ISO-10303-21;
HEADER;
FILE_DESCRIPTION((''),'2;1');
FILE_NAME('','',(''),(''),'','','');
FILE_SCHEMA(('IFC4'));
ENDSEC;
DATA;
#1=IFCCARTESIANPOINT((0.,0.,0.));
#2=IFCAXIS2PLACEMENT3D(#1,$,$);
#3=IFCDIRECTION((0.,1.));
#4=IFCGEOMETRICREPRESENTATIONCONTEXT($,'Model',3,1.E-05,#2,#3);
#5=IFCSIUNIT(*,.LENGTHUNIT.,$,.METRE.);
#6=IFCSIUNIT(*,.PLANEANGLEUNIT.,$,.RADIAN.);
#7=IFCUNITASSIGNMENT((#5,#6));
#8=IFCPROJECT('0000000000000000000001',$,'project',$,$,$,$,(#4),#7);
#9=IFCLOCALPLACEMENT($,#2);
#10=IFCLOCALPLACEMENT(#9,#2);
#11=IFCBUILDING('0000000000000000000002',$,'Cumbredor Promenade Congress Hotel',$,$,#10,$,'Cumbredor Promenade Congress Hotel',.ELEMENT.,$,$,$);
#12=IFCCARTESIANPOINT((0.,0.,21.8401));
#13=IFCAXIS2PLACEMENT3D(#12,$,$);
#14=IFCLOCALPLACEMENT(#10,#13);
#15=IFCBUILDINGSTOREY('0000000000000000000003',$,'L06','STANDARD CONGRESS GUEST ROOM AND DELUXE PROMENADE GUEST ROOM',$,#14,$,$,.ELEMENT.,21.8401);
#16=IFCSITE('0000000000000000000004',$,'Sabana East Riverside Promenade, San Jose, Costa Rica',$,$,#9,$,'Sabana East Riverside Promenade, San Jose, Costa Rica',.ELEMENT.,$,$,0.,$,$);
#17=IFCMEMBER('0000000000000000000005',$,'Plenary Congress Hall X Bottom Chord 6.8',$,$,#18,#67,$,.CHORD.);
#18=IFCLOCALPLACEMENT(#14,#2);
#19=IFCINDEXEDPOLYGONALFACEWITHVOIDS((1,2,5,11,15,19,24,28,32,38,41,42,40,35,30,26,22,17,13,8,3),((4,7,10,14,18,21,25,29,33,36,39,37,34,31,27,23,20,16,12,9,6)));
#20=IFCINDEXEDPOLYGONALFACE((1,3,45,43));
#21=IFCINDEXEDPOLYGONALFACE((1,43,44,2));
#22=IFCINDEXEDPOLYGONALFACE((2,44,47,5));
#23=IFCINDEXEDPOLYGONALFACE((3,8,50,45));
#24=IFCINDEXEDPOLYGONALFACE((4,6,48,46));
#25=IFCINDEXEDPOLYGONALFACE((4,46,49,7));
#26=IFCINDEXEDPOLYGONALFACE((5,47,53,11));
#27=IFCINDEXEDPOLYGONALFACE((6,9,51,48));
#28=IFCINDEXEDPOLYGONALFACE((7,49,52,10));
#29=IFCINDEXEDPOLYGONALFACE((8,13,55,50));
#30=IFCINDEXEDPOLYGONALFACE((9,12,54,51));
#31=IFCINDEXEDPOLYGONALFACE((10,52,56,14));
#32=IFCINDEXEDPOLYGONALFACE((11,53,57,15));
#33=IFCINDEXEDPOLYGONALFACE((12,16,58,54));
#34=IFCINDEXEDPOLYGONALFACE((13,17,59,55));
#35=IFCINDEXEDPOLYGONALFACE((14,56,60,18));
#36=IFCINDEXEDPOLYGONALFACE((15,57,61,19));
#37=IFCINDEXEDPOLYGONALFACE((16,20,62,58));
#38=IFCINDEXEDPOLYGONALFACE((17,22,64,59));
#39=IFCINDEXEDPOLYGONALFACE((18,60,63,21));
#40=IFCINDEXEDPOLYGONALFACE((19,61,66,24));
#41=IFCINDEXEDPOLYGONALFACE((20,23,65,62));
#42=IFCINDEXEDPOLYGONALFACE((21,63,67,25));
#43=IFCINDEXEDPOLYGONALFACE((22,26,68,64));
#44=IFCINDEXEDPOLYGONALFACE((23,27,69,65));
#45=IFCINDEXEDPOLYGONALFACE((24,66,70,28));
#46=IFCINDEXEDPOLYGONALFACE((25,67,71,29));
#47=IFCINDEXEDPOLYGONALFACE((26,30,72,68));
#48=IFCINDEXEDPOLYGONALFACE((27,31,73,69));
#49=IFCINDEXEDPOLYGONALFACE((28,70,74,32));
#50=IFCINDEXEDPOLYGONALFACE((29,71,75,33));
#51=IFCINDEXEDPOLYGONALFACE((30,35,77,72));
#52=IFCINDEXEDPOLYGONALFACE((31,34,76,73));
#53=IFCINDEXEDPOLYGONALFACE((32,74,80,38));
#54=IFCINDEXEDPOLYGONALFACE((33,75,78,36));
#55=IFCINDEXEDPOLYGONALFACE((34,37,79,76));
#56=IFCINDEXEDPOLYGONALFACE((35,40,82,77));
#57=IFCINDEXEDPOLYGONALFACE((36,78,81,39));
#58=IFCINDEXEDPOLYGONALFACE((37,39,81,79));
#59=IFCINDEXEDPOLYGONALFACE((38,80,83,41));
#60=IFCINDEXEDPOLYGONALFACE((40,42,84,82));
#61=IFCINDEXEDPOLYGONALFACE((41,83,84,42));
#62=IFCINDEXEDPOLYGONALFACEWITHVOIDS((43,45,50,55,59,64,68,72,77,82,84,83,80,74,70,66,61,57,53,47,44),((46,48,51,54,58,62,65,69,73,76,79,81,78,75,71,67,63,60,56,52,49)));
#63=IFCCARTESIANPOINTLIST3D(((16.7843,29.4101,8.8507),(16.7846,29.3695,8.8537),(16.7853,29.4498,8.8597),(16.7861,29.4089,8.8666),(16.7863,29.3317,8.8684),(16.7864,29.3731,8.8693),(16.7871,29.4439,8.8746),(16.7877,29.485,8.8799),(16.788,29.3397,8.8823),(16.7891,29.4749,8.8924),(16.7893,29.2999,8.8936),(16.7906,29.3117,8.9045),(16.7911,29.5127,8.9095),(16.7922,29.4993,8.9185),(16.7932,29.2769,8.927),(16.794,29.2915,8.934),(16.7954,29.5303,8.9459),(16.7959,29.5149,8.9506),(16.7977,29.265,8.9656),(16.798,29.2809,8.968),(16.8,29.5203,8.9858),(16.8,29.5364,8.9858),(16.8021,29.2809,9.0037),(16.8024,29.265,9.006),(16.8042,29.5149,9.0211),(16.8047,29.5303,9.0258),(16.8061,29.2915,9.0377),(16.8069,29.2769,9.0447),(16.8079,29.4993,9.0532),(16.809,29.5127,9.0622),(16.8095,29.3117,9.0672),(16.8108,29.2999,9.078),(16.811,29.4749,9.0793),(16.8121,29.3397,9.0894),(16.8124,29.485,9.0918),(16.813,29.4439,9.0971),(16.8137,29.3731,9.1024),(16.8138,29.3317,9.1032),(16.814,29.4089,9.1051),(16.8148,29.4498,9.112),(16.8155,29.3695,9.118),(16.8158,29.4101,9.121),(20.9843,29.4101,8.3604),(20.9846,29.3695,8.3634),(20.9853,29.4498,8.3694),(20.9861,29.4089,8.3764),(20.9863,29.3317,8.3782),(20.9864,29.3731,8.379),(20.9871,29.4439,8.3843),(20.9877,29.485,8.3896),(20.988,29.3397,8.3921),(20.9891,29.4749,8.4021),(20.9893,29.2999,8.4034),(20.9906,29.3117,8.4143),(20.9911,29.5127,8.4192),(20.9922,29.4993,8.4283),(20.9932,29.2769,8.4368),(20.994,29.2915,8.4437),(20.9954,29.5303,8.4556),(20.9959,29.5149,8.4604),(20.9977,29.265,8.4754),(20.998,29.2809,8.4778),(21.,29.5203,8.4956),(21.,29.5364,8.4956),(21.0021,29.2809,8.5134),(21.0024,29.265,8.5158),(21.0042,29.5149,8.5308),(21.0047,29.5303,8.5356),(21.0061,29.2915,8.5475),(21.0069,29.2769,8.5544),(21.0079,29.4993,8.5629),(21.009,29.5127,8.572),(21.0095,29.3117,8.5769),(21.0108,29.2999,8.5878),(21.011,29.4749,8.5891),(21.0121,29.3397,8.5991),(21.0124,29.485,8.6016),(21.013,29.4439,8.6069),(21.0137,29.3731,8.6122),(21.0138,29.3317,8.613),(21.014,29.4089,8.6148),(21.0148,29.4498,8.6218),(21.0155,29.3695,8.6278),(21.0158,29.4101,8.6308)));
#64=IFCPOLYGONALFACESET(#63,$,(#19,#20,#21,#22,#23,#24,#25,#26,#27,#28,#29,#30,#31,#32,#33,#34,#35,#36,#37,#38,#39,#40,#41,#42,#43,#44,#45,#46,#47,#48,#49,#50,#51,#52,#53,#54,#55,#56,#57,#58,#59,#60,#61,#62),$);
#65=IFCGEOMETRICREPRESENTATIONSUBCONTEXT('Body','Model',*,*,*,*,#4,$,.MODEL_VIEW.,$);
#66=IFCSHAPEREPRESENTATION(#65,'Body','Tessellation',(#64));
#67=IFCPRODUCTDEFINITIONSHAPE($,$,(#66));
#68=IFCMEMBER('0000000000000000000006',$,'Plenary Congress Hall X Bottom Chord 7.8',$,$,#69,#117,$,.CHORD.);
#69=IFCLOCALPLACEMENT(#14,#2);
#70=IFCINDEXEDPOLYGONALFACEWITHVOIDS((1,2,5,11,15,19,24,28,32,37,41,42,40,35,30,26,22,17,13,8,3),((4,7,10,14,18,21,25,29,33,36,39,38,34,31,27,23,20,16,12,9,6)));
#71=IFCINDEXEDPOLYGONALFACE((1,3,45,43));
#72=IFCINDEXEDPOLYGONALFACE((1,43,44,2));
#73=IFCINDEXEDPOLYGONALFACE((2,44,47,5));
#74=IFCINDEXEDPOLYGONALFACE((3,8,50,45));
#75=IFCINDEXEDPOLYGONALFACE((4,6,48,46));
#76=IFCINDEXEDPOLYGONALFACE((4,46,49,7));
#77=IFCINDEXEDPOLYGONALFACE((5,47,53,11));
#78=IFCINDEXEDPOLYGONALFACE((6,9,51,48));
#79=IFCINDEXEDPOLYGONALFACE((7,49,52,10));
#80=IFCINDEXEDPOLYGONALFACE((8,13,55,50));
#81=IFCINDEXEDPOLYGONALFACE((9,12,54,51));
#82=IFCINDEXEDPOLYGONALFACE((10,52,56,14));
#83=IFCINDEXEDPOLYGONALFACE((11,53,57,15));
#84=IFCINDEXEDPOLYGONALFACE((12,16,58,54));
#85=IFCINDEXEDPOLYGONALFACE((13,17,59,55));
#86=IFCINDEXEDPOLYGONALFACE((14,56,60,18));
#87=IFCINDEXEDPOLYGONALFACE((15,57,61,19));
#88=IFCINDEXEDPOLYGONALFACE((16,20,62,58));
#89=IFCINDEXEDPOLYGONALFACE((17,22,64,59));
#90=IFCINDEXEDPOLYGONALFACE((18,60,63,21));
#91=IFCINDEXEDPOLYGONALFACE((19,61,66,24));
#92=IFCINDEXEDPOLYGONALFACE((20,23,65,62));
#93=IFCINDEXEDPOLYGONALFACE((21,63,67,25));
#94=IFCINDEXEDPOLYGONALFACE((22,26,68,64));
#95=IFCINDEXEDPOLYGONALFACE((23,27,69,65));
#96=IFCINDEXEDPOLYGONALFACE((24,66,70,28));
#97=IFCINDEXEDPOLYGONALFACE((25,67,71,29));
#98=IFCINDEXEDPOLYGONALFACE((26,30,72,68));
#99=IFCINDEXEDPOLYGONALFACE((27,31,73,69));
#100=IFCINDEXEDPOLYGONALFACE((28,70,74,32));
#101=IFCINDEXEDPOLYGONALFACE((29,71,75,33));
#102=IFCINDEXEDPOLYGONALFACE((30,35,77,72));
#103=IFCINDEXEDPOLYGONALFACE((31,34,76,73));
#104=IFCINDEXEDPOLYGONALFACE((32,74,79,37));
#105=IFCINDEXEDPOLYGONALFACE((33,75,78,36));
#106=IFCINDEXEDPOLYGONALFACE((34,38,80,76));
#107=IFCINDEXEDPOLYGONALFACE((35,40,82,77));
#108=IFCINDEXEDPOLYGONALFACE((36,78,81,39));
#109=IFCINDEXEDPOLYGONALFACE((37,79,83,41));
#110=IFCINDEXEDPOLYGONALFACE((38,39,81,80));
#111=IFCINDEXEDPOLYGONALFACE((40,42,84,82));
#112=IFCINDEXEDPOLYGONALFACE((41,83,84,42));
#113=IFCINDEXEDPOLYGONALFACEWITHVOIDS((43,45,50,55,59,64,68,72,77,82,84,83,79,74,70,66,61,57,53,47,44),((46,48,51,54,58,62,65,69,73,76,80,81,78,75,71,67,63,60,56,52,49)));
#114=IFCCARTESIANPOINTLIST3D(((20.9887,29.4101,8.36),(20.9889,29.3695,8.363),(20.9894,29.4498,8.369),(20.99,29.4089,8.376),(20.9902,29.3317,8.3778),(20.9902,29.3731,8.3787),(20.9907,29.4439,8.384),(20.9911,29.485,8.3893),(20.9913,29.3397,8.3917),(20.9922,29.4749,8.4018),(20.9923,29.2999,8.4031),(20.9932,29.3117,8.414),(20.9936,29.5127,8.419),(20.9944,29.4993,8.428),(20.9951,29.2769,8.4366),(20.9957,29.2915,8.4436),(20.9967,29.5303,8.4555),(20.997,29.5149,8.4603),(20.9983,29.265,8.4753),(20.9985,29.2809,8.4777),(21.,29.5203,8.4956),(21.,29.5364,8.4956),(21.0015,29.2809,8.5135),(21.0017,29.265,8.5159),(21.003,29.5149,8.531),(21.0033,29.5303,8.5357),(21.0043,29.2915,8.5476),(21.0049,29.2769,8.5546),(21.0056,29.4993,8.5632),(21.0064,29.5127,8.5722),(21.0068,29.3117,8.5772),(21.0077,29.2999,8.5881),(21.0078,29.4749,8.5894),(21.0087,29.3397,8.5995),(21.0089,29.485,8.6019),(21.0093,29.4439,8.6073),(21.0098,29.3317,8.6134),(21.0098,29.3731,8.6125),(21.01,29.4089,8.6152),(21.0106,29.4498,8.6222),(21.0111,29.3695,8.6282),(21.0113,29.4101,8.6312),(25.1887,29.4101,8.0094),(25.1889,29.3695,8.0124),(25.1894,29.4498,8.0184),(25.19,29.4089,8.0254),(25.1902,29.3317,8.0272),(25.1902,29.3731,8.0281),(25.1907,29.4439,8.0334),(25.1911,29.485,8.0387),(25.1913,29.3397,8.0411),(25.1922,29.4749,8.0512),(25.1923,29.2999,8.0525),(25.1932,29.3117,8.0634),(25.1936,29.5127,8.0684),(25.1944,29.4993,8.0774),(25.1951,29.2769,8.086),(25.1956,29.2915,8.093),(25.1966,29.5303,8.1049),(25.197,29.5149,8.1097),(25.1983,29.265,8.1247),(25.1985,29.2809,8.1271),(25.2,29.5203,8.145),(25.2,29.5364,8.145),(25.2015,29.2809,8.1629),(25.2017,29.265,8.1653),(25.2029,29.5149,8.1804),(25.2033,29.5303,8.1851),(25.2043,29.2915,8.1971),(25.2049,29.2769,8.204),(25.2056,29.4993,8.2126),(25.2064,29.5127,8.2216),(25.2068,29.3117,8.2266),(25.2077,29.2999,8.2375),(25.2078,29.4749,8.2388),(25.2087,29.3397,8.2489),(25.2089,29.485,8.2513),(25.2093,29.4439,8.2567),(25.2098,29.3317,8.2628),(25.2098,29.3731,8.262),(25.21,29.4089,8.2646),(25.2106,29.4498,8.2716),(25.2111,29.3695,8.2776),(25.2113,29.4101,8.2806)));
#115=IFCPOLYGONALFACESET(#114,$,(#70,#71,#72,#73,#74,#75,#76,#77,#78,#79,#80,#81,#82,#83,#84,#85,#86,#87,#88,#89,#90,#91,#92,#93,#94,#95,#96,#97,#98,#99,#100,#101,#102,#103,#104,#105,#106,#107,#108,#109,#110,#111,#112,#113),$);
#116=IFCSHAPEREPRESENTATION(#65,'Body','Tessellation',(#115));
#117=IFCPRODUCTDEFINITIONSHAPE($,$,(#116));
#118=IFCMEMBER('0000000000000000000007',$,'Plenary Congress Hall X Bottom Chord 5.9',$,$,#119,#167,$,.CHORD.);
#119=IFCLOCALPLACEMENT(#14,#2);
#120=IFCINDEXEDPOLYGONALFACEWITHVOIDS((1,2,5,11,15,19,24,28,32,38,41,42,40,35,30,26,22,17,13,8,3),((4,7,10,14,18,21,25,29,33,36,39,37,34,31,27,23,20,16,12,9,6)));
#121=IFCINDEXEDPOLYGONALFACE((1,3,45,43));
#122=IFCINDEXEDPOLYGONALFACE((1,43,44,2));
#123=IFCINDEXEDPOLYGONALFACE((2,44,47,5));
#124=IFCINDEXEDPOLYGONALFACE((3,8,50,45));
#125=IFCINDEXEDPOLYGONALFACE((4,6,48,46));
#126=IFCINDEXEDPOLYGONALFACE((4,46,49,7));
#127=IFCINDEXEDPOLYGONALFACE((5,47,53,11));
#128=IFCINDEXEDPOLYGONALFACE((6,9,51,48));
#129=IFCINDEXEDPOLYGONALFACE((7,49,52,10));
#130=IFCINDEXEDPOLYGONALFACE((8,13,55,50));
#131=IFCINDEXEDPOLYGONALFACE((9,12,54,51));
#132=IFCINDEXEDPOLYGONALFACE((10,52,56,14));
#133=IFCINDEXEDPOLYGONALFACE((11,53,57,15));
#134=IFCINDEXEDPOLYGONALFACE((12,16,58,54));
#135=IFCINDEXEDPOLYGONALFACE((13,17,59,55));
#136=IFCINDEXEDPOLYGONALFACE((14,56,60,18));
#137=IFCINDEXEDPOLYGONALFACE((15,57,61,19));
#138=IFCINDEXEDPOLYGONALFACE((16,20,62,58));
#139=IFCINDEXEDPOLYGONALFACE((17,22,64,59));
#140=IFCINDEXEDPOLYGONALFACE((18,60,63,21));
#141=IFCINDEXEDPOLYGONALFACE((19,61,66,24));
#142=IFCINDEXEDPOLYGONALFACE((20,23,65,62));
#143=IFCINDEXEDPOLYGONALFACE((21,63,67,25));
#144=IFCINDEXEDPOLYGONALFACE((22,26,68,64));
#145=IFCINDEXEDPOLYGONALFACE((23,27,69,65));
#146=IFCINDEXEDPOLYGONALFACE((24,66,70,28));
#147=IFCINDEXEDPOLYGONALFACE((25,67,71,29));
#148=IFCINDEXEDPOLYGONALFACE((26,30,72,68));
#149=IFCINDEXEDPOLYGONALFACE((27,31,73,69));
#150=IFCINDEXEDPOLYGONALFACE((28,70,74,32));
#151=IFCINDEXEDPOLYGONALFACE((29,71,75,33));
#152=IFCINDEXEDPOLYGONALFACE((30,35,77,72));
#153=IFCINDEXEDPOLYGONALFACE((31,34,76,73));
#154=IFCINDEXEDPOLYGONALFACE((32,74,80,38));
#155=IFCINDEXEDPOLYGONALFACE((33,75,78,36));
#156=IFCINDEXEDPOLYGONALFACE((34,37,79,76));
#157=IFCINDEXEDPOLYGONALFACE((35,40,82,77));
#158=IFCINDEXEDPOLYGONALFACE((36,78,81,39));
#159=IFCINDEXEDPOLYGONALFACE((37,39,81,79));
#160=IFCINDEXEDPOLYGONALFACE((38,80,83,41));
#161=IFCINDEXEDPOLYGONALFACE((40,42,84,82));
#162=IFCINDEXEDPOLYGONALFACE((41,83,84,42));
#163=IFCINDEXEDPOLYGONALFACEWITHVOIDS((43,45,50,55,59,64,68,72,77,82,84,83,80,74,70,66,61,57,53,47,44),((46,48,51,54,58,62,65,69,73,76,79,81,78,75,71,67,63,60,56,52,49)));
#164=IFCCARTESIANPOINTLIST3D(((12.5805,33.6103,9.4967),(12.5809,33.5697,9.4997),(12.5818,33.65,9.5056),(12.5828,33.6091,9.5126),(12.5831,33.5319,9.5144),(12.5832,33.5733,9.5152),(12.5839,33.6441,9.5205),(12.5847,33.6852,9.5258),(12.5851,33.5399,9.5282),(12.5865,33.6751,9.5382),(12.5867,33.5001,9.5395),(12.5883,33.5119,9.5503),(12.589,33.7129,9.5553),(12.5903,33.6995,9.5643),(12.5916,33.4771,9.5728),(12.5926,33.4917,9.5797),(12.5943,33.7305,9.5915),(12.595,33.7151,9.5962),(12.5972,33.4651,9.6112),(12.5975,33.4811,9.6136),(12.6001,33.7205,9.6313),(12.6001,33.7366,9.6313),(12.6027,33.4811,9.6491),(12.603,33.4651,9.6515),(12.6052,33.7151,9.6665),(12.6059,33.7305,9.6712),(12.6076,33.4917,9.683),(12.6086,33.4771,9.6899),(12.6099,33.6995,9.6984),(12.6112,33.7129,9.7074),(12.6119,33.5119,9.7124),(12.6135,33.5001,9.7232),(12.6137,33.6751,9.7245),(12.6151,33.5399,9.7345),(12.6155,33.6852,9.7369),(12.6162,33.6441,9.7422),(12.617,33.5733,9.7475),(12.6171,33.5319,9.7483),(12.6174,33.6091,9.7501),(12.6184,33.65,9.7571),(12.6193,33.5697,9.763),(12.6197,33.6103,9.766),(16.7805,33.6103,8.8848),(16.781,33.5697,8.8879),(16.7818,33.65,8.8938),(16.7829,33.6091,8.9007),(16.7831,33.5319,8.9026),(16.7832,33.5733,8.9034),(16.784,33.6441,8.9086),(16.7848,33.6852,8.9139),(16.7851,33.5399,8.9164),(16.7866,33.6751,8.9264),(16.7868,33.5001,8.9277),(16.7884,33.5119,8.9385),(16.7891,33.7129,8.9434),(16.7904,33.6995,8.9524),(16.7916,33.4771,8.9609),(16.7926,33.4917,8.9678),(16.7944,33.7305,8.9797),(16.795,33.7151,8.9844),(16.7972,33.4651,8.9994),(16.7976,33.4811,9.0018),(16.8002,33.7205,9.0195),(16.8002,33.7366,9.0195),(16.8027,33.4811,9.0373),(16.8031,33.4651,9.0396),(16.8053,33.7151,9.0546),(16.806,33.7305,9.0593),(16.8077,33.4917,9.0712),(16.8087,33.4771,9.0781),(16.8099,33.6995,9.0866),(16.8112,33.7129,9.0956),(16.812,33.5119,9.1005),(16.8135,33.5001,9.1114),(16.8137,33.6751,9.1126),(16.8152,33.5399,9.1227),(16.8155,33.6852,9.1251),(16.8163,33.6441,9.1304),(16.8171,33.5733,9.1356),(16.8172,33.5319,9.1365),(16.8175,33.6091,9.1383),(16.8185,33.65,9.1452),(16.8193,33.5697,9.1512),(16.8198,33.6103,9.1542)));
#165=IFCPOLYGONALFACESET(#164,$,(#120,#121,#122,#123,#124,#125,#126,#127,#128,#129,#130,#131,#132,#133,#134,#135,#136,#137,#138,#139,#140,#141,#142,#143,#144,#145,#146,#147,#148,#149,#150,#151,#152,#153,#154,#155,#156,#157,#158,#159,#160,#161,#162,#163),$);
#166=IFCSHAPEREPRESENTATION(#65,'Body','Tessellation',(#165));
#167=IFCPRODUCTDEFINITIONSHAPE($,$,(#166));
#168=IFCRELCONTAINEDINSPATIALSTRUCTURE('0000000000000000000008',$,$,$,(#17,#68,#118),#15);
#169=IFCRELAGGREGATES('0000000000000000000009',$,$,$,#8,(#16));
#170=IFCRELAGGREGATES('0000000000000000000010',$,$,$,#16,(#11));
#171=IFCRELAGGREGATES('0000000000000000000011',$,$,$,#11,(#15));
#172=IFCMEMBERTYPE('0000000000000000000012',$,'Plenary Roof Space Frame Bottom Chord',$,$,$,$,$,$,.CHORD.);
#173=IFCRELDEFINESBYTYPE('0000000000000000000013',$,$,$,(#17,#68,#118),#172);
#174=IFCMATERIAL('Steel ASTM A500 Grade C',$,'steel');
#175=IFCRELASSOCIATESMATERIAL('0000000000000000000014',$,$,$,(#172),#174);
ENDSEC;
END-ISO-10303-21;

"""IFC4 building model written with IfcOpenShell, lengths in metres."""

from ifc_helpers import new_model, si_unit, direction, frame, origin, origin_2d, place, context, subcontext, project, spatial, hollow_circle, extrude, material, material_profile, profile_set, type_object, element, save


model = new_model("IFC4")

# Units and contexts
model_context = context("Model", 3, precision=1e-05, world=origin(), true_north=direction((0.0, 1.0)))
body_context = subcontext(model_context, "Body", "Model", "MODEL_VIEW")
ifc_project = project(units=[si_unit("LENGTHUNIT", "METRE"), si_unit("PLANEANGLEUNIT", "RADIAN")], contexts=[model_context])

# Site, building, storey
site_placement = place(None, origin())
site = spatial("IfcSite", under=ifc_project, at=site_placement, Name="Sabana East Riverside Promenade, San Jose, Costa Rica", LongName="Sabana East Riverside Promenade, San Jose, Costa Rica", CompositionType="ELEMENT", RefElevation=0.0)
building_placement = place(site_placement, origin())
building = spatial("IfcBuilding", under=site, at=building_placement, Name="Cumbredor Promenade Congress Hotel", LongName="Cumbredor Promenade Congress Hotel", CompositionType="ELEMENT")
storey_placement = place(building_placement, frame((0.0, 0.0, 21.8401)))
storey = spatial("IfcBuildingStorey", under=building, at=storey_placement, Name="L06", Description="STANDARD CONGRESS GUEST ROOM AND DELUXE PROMENADE GUEST ROOM", CompositionType="ELEMENT", Elevation=21.8401)

# Members
ifc_material_1 = material(Name="Steel ASTM A500 Grade C", Category="steel")
ifc_material_profile_1 = material_profile(ifc_material_1, hollow_circle(Radius=0.1365, WallThickness=0.0161, at=origin_2d()), Name="CHS 273.0x16")
ifc_profile_set_1 = profile_set([ifc_material_profile_1], Name="Steel ASTM A500 Grade C")
member_type_1 = type_object("IfcMemberType", Name="Plenary Roof Space Frame Bottom Chord", PredefinedType="CHORD", material=ifc_profile_set_1)
member_1_placement = place(storey_placement, frame((16.8, 29.3999, 8.9858), z_axis=(0.993257, 0.0, -0.115937), x_axis=(0.0, 1.0, 0.0)))
element("IfcMember", 1, at=member_1_placement, inside=storey, type_object=member_type_1, Name="Plenary Congress Hall X Bottom Chord 6.8", PredefinedType="CHORD", context=body_context, shape_type="SweptSolid", body=[
    extrude(hollow_circle(Radius=0.1365, WallThickness=0.0161, at=origin_2d()), origin(), (0.0, 0.0, 1.0), 4.2285),
])
member_2_placement = place(storey_placement, frame((21.0, 29.3999, 8.4956), z_axis=(0.996534, 0.0, -0.083185), x_axis=(0.0, 1.0, 0.0)))
element("IfcMember", 2, at=member_2_placement, inside=storey, type_object=member_type_1, Name="Plenary Congress Hall X Bottom Chord 7.8", PredefinedType="CHORD", context=body_context, shape_type="SweptSolid", body=[
    extrude(hollow_circle(Radius=0.1365, WallThickness=0.0161, at=origin_2d()), origin(), (0.0, 0.0, 1.0), 4.2146),
])
member_3_placement = place(storey_placement, frame((12.6001, 33.6001, 9.6313), z_axis=(0.989556, 0.0, -0.144151), x_axis=(0.0, 1.0, 0.0)))
element("IfcMember", 3, at=member_3_placement, inside=storey, type_object=member_type_1, Name="Plenary Congress Hall X Bottom Chord 5.9", PredefinedType="CHORD", context=body_context, shape_type="SweptSolid", body=[
    extrude(hollow_circle(Radius=0.1365, WallThickness=0.0161, at=origin_2d()), origin(), (0.0, 0.0, 1.0), 4.2444),
])

save(model, "model.ifc")
